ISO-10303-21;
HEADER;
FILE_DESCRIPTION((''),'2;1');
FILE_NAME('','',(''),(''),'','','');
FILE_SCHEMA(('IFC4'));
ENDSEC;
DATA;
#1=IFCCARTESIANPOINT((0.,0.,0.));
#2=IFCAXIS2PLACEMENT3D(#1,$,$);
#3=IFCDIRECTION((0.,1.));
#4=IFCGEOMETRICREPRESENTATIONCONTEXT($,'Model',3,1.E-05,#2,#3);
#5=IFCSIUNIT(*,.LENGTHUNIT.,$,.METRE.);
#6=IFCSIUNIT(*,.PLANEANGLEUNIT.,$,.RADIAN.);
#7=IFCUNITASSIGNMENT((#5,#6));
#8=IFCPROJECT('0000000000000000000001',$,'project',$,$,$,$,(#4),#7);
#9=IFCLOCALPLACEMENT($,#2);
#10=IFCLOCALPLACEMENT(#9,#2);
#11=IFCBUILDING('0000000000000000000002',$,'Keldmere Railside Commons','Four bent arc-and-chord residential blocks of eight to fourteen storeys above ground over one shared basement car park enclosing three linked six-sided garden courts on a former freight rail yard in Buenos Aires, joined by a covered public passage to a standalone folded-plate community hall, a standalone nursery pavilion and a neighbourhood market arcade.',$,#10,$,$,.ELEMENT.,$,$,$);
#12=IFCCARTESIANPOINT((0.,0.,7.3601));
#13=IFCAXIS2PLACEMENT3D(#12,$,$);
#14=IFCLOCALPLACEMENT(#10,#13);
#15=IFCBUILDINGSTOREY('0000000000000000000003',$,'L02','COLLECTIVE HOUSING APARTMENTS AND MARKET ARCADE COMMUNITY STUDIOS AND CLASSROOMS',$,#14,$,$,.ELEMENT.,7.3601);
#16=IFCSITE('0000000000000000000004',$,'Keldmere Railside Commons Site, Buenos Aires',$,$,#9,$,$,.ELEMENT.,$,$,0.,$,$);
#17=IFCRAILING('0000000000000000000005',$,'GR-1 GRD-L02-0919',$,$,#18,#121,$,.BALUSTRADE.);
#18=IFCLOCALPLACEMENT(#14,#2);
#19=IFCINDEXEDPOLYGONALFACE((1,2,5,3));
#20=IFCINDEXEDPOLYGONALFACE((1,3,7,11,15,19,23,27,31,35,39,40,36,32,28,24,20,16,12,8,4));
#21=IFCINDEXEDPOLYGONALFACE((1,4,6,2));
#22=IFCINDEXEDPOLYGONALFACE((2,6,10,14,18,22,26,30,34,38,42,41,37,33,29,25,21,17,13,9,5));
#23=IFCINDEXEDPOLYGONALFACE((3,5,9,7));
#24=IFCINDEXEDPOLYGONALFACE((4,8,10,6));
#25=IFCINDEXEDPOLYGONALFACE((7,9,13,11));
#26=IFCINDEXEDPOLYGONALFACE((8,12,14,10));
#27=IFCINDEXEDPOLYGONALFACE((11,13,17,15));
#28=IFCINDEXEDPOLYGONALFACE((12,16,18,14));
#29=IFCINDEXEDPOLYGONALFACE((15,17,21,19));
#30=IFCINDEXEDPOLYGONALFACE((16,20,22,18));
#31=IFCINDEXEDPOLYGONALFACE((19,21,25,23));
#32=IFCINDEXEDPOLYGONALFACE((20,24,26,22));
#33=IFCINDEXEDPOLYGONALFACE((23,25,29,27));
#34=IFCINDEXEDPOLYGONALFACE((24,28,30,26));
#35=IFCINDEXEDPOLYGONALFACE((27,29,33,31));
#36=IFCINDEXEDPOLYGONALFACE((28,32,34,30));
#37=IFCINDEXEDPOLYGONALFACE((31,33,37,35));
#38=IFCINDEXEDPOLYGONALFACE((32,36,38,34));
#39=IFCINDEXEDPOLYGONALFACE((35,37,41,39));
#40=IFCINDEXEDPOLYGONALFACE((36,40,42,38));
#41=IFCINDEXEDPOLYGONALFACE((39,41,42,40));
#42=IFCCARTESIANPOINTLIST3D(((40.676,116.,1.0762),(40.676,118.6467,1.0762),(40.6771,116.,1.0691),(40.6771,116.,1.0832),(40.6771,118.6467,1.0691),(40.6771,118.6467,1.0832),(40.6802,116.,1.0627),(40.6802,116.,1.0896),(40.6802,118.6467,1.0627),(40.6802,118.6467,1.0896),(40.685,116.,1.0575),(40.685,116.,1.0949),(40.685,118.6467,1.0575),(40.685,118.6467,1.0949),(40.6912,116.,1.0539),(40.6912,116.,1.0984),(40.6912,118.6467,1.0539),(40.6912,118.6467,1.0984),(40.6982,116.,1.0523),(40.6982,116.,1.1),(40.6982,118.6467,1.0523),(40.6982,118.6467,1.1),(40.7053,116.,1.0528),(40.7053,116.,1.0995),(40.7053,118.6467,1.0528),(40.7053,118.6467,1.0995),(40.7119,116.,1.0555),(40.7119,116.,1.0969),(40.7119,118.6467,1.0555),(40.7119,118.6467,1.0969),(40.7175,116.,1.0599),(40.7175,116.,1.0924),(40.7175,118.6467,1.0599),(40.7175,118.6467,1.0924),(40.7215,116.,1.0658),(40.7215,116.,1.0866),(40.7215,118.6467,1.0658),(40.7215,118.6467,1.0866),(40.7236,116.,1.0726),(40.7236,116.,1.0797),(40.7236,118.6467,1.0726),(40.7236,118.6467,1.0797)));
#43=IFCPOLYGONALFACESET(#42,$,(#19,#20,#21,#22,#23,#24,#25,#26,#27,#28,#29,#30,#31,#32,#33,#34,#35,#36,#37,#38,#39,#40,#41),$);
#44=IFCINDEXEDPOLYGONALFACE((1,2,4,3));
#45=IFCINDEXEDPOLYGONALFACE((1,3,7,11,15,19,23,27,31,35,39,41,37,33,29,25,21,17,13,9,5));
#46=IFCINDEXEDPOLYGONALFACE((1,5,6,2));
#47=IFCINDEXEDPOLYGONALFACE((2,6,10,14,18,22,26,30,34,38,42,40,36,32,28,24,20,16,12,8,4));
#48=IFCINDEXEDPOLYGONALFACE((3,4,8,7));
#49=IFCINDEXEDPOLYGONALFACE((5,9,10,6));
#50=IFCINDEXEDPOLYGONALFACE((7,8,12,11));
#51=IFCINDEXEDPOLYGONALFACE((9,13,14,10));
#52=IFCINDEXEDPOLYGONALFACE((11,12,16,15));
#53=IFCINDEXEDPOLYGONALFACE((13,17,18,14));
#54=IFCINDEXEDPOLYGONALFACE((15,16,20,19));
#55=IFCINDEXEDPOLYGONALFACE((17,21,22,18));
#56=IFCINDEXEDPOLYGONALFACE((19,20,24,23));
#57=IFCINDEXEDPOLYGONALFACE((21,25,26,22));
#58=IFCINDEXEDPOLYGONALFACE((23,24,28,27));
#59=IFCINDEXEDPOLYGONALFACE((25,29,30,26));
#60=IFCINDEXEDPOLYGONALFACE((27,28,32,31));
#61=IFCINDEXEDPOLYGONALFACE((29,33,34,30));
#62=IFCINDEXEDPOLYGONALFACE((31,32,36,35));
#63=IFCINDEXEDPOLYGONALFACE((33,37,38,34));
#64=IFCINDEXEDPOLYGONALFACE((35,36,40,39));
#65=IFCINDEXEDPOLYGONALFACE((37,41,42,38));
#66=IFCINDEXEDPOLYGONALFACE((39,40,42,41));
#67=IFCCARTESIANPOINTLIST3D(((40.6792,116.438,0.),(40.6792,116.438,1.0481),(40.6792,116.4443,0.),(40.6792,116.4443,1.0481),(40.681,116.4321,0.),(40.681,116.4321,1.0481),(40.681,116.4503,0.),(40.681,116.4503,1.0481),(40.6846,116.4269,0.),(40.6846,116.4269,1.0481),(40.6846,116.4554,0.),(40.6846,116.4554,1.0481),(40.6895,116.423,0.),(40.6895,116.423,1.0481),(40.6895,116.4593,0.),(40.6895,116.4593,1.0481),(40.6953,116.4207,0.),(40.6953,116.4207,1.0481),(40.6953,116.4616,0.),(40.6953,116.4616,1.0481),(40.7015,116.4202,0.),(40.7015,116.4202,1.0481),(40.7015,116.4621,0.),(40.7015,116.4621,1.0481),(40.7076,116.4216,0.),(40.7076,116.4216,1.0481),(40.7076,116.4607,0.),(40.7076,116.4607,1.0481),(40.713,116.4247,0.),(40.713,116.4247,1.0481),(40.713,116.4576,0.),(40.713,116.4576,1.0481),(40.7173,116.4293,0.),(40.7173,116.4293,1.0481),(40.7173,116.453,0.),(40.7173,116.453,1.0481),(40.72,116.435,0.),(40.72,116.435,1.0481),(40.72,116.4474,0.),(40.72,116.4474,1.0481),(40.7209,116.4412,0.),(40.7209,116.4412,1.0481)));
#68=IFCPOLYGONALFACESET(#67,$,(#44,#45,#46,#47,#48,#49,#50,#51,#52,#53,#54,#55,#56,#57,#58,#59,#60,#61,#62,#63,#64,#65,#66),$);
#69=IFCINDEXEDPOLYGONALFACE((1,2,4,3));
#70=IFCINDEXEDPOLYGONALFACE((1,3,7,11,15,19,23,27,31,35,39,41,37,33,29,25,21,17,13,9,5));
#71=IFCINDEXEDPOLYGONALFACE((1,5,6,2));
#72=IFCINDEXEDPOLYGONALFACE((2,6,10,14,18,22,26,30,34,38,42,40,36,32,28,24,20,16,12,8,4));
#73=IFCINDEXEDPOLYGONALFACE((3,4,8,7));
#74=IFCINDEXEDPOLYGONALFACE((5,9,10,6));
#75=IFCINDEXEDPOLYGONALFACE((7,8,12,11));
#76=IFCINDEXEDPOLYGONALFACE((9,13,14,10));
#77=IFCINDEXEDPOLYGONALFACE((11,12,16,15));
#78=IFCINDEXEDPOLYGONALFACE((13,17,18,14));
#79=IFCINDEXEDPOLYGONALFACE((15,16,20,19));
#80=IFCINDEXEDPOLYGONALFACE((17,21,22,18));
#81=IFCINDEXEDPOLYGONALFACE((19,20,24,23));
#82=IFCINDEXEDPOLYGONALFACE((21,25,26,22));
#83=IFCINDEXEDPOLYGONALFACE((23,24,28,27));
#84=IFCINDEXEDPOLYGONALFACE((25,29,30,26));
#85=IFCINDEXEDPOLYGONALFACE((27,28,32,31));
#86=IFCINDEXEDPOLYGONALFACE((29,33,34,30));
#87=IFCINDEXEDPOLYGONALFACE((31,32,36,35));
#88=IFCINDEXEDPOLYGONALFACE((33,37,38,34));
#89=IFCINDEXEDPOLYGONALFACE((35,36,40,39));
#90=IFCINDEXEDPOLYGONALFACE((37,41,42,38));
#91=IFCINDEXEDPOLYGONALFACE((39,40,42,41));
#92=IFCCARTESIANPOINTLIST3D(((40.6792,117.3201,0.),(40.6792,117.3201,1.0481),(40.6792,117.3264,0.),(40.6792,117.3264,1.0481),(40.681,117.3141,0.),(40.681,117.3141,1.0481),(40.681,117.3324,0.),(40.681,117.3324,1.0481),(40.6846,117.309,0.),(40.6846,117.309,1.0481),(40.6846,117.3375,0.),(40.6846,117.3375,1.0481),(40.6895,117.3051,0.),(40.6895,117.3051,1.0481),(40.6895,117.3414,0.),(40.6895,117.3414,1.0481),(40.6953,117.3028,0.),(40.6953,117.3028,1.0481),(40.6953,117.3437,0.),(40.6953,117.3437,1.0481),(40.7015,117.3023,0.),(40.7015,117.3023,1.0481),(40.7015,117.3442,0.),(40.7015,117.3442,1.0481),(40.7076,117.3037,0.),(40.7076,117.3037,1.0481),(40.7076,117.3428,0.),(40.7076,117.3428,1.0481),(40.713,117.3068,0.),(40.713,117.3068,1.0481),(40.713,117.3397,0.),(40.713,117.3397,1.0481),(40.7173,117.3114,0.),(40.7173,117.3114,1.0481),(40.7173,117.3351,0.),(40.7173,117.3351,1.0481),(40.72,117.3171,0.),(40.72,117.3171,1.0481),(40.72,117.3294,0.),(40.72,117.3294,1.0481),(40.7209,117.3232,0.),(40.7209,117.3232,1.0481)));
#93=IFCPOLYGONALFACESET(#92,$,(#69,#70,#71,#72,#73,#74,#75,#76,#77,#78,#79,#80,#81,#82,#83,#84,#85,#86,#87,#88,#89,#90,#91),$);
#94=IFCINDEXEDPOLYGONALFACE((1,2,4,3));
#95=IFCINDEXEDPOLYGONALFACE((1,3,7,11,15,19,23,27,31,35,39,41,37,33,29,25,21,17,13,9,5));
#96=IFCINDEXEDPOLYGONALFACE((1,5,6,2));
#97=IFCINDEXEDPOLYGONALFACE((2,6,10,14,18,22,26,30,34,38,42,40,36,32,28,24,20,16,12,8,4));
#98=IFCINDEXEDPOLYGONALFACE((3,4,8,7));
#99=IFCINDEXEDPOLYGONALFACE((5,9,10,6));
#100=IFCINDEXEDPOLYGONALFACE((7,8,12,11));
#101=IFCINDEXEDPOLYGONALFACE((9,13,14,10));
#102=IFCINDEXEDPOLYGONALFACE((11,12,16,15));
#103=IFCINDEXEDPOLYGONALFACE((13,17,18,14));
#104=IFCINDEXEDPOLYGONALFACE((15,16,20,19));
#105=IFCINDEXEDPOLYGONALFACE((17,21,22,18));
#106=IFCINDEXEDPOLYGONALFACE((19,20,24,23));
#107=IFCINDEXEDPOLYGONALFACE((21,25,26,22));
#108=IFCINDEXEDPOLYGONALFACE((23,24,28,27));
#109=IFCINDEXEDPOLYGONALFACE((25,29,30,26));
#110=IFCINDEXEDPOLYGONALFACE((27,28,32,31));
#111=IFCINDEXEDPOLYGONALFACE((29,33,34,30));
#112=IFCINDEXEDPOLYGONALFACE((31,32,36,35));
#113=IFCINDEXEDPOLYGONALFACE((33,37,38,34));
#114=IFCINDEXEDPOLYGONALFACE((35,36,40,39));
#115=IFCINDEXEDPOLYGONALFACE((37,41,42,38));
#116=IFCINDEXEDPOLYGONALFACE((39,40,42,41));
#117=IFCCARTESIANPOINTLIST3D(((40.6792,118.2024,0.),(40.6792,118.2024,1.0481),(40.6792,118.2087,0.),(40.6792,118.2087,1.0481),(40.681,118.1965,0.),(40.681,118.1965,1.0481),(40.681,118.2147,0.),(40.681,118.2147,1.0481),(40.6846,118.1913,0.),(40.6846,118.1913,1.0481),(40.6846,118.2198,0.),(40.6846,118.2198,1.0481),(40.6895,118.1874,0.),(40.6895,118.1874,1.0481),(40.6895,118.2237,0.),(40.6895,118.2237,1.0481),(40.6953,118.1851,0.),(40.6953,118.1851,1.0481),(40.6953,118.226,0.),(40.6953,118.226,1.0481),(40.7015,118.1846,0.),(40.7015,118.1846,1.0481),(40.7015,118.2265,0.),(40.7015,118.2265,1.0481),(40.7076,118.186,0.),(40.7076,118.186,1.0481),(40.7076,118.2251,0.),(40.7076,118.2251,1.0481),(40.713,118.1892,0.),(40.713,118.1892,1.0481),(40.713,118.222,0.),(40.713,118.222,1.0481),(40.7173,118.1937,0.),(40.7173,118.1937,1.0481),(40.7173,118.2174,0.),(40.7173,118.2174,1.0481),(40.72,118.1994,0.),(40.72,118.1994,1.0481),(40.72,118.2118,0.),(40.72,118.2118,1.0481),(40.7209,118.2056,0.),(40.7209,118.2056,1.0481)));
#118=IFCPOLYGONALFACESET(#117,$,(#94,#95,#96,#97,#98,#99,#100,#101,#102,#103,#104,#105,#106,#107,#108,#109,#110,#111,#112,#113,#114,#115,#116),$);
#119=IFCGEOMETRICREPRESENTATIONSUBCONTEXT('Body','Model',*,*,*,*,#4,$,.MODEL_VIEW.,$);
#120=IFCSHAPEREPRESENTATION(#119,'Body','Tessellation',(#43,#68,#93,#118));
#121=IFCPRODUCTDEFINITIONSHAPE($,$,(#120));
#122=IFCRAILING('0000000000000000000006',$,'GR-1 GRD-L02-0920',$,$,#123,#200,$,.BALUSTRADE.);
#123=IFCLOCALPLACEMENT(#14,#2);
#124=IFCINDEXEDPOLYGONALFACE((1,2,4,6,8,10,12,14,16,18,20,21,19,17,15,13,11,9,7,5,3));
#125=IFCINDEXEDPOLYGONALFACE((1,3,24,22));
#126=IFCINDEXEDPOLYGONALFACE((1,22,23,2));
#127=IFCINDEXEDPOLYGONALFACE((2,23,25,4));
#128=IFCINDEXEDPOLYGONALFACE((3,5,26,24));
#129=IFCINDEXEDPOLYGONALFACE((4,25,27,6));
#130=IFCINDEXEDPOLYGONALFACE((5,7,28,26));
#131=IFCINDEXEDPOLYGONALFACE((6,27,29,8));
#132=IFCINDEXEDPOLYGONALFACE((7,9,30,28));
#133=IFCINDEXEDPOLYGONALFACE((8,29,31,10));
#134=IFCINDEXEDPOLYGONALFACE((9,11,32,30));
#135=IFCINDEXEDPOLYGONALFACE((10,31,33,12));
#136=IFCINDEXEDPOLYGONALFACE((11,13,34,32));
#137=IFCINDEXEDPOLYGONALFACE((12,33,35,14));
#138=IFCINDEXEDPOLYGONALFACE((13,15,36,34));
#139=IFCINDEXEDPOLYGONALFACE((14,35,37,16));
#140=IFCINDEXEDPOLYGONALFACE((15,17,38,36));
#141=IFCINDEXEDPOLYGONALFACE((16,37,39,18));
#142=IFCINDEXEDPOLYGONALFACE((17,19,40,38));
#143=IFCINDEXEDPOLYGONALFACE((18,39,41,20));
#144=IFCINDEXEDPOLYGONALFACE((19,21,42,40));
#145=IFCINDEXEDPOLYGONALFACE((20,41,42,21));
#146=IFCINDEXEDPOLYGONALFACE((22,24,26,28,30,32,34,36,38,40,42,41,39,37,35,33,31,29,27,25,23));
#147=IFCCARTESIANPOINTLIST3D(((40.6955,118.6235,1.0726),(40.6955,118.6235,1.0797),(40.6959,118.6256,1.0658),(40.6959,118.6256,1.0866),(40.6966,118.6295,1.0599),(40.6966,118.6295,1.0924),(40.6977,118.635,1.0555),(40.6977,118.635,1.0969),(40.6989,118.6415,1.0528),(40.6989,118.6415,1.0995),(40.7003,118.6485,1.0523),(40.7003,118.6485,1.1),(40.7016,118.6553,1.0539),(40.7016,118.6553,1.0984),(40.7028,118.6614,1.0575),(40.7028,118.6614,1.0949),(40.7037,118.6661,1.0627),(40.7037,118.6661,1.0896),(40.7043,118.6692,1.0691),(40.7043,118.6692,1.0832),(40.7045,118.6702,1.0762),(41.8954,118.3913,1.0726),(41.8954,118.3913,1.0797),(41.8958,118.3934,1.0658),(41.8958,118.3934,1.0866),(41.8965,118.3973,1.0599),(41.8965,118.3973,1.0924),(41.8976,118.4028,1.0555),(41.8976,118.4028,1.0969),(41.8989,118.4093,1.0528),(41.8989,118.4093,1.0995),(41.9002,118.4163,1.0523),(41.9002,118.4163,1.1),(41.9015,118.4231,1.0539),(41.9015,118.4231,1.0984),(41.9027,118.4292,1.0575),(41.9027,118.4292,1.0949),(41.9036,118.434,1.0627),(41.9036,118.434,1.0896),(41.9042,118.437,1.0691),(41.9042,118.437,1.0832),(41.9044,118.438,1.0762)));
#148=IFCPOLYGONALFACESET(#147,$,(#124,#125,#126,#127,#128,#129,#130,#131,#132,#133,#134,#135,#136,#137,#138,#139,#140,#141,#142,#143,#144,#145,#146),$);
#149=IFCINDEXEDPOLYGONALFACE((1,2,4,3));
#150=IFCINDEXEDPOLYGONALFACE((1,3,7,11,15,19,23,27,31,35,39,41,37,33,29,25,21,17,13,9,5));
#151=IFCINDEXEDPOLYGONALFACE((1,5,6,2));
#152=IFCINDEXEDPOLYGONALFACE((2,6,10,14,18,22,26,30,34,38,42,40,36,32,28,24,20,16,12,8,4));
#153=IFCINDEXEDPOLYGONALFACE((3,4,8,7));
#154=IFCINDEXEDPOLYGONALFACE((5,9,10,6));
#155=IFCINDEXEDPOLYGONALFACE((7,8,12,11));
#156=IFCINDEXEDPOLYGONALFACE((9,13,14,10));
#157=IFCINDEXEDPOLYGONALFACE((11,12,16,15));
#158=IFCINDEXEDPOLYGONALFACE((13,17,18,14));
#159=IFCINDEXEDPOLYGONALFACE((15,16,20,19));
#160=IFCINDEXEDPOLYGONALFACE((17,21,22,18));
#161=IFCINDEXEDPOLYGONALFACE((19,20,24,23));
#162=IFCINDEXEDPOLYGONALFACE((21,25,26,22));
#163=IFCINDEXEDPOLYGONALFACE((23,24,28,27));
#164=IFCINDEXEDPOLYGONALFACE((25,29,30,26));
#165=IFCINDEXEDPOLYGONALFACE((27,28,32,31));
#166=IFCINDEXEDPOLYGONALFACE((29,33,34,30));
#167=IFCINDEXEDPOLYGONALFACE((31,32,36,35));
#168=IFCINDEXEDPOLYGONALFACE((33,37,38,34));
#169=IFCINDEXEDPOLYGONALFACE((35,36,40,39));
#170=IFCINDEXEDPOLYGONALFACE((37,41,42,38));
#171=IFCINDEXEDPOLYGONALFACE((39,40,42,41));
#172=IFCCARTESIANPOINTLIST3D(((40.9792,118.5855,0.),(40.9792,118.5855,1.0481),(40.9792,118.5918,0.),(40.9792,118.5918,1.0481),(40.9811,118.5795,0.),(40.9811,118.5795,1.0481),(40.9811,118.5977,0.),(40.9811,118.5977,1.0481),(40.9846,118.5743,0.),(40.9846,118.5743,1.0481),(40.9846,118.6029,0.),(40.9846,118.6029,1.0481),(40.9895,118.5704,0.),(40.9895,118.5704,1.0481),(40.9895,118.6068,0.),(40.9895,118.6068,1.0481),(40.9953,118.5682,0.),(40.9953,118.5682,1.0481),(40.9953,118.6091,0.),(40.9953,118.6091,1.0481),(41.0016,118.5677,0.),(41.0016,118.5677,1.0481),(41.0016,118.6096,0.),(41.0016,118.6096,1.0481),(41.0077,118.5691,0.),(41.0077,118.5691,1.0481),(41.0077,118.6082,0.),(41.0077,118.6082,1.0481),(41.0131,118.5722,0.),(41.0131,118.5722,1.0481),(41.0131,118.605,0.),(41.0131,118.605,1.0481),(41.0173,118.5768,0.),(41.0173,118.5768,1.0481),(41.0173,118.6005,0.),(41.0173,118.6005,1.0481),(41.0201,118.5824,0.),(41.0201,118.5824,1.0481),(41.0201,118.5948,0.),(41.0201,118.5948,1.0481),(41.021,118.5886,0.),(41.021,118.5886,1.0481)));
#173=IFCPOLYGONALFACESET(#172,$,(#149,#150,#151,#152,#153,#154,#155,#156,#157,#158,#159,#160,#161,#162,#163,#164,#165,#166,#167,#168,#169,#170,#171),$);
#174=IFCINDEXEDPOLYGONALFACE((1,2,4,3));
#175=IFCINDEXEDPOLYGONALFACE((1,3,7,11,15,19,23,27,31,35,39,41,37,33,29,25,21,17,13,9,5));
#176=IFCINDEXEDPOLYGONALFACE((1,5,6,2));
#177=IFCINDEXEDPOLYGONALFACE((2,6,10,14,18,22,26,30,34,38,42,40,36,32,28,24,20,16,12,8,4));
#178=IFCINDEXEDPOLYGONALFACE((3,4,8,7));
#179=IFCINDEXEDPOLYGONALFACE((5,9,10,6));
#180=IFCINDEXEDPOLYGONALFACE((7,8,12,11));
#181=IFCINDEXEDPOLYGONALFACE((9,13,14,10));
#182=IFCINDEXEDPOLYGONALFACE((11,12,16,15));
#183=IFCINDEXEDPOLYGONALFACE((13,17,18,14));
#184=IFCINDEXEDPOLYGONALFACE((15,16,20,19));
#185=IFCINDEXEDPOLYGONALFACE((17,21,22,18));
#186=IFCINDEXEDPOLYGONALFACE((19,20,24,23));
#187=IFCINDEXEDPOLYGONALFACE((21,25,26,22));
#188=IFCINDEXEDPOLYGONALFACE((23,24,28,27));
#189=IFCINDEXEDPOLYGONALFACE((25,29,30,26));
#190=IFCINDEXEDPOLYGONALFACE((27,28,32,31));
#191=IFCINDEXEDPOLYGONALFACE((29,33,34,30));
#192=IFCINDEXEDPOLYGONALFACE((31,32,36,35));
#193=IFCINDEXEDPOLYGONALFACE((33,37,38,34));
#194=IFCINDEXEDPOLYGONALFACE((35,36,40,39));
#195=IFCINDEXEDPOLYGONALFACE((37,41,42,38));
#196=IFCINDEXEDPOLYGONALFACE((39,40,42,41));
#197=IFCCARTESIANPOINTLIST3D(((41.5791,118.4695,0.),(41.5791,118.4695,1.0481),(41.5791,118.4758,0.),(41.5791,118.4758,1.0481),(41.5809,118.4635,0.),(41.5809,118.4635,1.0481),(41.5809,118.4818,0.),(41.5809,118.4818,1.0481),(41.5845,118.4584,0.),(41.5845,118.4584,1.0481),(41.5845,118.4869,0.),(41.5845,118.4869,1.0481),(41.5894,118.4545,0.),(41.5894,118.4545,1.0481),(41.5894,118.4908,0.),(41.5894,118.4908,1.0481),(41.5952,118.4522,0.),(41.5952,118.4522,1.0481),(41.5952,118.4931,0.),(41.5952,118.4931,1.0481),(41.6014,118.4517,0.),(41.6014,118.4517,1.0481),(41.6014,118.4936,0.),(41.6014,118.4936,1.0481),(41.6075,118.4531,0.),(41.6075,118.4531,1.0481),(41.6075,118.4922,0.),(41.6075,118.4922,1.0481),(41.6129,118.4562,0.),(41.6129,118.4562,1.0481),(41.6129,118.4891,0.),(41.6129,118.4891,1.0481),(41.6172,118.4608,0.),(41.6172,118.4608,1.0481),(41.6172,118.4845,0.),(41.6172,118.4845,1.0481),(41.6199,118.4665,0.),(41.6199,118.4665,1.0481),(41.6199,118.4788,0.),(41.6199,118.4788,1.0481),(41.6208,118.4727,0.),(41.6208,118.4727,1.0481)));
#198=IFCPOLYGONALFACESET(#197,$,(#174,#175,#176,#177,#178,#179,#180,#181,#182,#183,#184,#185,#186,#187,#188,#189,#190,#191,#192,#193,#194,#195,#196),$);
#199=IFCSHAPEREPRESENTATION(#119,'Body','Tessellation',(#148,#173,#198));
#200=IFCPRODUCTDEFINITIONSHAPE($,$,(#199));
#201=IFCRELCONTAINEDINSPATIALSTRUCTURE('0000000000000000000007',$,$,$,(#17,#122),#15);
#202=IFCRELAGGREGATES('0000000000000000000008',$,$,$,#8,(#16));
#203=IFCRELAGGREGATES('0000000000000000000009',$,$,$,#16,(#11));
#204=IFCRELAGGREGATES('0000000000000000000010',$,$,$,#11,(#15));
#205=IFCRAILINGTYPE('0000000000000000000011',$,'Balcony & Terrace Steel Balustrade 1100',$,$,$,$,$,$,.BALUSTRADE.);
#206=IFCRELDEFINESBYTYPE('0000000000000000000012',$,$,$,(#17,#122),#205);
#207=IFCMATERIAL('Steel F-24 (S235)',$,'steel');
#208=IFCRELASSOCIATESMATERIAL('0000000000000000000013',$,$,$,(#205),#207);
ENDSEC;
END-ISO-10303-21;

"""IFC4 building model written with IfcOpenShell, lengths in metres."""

from ifc_helpers import new_model, si_unit, direction, frame, origin, origin_2d, place, context, subcontext, project, spatial, circle, extrude, material, type_object, element, save


model = new_model("IFC4")

# Units and contexts
model_context = context("Model", 3, precision=1e-05, world=origin(), true_north=direction((0.0, 1.0)))
body_context = subcontext(model_context, "Body", "Model", "MODEL_VIEW")
ifc_project = project(units=[si_unit("LENGTHUNIT", "METRE"), si_unit("PLANEANGLEUNIT", "RADIAN")], contexts=[model_context])

# Site, building, storey
site_placement = place(None, origin())
site = spatial("IfcSite", under=ifc_project, at=site_placement, Name="Keldmere Railside Commons Site, Buenos Aires", CompositionType="ELEMENT", RefElevation=0.0)
building_placement = place(site_placement, origin())
building = spatial("IfcBuilding", under=site, at=building_placement, Name="Keldmere Railside Commons", Description="Four bent arc-and-chord residential blocks of eight to fourteen storeys above ground over one shared basement car park enclosing three linked six-sided garden courts on a former freight rail yard in Buenos Aires, joined by a covered public passage to a standalone folded-plate community hall, a standalone nursery pavilion and a neighbourhood market arcade.", CompositionType="ELEMENT")
storey_placement = place(building_placement, frame((0.0, 0.0, 7.3601)))
storey = spatial("IfcBuildingStorey", under=building, at=storey_placement, Name="L02", Description="COLLECTIVE HOUSING APARTMENTS AND MARKET ARCADE COMMUNITY STUDIOS AND CLASSROOMS", CompositionType="ELEMENT", Elevation=7.3601)

# Railings
ifc_material_1 = material(Name="Steel F-24 (S235)", Category="steel")
railing_type = type_object("IfcRailingType", Name="Balcony & Terrace Steel Balustrade 1100", PredefinedType="BALUSTRADE", material=ifc_material_1)
railing_1_placement = place(storey_placement, frame((40.7, 116.0, 0.0)))
element("IfcRailing", 1, at=railing_1_placement, inside=storey, type_object=railing_type, Name="GR-1 GRD-L02-0919", PredefinedType="BALUSTRADE", context=body_context, shape_type="SweptSolid", body=[
    extrude(circle(Radius=0.0239, at=origin_2d()), frame((0.0, 0.0, 1.0762), z_axis=(0.0, 1.0, 0.0), x_axis=(-1.0, 0.0, 0.0)), (0.0, 0.0, 1.0), 2.6467),
    extrude(circle(Radius=0.021, at=origin_2d()), frame((0.0, 0.4412, 0.0)), (0.0, 0.0, 1.0), 1.0481),
    extrude(circle(Radius=0.021, at=origin_2d()), frame((0.0, 1.3232, 0.0)), (0.0, 0.0, 1.0), 1.0481),
    extrude(circle(Radius=0.021, at=origin_2d()), frame((0.0, 2.2056, 0.0)), (0.0, 0.0, 1.0), 1.0481),
])
railing_2_placement = place(storey_placement, frame((40.7, 118.6467, 0.0)))
element("IfcRailing", 2, at=railing_2_placement, inside=storey, type_object=railing_type, Name="GR-1 GRD-L02-0920", PredefinedType="BALUSTRADE", context=body_context, shape_type="SweptSolid", body=[
    extrude(circle(Radius=0.0239, at=origin_2d()), frame((0.0, 0.0, 1.0762), z_axis=(0.981791, -0.189966, 0.0), x_axis=(0.189966, 0.981791, 0.0)), (0.0, 0.0, 1.0), 1.2222),
    extrude(circle(Radius=0.021, at=origin_2d()), frame((0.3, -0.0581, 0.0)), (0.0, 0.0, 1.0), 1.0481),
    extrude(circle(Radius=0.021, at=origin_2d()), frame((0.8999, -0.1741, 0.0)), (0.0, 0.0, 1.0), 1.0481),
])

save(model, "model.ifc")
